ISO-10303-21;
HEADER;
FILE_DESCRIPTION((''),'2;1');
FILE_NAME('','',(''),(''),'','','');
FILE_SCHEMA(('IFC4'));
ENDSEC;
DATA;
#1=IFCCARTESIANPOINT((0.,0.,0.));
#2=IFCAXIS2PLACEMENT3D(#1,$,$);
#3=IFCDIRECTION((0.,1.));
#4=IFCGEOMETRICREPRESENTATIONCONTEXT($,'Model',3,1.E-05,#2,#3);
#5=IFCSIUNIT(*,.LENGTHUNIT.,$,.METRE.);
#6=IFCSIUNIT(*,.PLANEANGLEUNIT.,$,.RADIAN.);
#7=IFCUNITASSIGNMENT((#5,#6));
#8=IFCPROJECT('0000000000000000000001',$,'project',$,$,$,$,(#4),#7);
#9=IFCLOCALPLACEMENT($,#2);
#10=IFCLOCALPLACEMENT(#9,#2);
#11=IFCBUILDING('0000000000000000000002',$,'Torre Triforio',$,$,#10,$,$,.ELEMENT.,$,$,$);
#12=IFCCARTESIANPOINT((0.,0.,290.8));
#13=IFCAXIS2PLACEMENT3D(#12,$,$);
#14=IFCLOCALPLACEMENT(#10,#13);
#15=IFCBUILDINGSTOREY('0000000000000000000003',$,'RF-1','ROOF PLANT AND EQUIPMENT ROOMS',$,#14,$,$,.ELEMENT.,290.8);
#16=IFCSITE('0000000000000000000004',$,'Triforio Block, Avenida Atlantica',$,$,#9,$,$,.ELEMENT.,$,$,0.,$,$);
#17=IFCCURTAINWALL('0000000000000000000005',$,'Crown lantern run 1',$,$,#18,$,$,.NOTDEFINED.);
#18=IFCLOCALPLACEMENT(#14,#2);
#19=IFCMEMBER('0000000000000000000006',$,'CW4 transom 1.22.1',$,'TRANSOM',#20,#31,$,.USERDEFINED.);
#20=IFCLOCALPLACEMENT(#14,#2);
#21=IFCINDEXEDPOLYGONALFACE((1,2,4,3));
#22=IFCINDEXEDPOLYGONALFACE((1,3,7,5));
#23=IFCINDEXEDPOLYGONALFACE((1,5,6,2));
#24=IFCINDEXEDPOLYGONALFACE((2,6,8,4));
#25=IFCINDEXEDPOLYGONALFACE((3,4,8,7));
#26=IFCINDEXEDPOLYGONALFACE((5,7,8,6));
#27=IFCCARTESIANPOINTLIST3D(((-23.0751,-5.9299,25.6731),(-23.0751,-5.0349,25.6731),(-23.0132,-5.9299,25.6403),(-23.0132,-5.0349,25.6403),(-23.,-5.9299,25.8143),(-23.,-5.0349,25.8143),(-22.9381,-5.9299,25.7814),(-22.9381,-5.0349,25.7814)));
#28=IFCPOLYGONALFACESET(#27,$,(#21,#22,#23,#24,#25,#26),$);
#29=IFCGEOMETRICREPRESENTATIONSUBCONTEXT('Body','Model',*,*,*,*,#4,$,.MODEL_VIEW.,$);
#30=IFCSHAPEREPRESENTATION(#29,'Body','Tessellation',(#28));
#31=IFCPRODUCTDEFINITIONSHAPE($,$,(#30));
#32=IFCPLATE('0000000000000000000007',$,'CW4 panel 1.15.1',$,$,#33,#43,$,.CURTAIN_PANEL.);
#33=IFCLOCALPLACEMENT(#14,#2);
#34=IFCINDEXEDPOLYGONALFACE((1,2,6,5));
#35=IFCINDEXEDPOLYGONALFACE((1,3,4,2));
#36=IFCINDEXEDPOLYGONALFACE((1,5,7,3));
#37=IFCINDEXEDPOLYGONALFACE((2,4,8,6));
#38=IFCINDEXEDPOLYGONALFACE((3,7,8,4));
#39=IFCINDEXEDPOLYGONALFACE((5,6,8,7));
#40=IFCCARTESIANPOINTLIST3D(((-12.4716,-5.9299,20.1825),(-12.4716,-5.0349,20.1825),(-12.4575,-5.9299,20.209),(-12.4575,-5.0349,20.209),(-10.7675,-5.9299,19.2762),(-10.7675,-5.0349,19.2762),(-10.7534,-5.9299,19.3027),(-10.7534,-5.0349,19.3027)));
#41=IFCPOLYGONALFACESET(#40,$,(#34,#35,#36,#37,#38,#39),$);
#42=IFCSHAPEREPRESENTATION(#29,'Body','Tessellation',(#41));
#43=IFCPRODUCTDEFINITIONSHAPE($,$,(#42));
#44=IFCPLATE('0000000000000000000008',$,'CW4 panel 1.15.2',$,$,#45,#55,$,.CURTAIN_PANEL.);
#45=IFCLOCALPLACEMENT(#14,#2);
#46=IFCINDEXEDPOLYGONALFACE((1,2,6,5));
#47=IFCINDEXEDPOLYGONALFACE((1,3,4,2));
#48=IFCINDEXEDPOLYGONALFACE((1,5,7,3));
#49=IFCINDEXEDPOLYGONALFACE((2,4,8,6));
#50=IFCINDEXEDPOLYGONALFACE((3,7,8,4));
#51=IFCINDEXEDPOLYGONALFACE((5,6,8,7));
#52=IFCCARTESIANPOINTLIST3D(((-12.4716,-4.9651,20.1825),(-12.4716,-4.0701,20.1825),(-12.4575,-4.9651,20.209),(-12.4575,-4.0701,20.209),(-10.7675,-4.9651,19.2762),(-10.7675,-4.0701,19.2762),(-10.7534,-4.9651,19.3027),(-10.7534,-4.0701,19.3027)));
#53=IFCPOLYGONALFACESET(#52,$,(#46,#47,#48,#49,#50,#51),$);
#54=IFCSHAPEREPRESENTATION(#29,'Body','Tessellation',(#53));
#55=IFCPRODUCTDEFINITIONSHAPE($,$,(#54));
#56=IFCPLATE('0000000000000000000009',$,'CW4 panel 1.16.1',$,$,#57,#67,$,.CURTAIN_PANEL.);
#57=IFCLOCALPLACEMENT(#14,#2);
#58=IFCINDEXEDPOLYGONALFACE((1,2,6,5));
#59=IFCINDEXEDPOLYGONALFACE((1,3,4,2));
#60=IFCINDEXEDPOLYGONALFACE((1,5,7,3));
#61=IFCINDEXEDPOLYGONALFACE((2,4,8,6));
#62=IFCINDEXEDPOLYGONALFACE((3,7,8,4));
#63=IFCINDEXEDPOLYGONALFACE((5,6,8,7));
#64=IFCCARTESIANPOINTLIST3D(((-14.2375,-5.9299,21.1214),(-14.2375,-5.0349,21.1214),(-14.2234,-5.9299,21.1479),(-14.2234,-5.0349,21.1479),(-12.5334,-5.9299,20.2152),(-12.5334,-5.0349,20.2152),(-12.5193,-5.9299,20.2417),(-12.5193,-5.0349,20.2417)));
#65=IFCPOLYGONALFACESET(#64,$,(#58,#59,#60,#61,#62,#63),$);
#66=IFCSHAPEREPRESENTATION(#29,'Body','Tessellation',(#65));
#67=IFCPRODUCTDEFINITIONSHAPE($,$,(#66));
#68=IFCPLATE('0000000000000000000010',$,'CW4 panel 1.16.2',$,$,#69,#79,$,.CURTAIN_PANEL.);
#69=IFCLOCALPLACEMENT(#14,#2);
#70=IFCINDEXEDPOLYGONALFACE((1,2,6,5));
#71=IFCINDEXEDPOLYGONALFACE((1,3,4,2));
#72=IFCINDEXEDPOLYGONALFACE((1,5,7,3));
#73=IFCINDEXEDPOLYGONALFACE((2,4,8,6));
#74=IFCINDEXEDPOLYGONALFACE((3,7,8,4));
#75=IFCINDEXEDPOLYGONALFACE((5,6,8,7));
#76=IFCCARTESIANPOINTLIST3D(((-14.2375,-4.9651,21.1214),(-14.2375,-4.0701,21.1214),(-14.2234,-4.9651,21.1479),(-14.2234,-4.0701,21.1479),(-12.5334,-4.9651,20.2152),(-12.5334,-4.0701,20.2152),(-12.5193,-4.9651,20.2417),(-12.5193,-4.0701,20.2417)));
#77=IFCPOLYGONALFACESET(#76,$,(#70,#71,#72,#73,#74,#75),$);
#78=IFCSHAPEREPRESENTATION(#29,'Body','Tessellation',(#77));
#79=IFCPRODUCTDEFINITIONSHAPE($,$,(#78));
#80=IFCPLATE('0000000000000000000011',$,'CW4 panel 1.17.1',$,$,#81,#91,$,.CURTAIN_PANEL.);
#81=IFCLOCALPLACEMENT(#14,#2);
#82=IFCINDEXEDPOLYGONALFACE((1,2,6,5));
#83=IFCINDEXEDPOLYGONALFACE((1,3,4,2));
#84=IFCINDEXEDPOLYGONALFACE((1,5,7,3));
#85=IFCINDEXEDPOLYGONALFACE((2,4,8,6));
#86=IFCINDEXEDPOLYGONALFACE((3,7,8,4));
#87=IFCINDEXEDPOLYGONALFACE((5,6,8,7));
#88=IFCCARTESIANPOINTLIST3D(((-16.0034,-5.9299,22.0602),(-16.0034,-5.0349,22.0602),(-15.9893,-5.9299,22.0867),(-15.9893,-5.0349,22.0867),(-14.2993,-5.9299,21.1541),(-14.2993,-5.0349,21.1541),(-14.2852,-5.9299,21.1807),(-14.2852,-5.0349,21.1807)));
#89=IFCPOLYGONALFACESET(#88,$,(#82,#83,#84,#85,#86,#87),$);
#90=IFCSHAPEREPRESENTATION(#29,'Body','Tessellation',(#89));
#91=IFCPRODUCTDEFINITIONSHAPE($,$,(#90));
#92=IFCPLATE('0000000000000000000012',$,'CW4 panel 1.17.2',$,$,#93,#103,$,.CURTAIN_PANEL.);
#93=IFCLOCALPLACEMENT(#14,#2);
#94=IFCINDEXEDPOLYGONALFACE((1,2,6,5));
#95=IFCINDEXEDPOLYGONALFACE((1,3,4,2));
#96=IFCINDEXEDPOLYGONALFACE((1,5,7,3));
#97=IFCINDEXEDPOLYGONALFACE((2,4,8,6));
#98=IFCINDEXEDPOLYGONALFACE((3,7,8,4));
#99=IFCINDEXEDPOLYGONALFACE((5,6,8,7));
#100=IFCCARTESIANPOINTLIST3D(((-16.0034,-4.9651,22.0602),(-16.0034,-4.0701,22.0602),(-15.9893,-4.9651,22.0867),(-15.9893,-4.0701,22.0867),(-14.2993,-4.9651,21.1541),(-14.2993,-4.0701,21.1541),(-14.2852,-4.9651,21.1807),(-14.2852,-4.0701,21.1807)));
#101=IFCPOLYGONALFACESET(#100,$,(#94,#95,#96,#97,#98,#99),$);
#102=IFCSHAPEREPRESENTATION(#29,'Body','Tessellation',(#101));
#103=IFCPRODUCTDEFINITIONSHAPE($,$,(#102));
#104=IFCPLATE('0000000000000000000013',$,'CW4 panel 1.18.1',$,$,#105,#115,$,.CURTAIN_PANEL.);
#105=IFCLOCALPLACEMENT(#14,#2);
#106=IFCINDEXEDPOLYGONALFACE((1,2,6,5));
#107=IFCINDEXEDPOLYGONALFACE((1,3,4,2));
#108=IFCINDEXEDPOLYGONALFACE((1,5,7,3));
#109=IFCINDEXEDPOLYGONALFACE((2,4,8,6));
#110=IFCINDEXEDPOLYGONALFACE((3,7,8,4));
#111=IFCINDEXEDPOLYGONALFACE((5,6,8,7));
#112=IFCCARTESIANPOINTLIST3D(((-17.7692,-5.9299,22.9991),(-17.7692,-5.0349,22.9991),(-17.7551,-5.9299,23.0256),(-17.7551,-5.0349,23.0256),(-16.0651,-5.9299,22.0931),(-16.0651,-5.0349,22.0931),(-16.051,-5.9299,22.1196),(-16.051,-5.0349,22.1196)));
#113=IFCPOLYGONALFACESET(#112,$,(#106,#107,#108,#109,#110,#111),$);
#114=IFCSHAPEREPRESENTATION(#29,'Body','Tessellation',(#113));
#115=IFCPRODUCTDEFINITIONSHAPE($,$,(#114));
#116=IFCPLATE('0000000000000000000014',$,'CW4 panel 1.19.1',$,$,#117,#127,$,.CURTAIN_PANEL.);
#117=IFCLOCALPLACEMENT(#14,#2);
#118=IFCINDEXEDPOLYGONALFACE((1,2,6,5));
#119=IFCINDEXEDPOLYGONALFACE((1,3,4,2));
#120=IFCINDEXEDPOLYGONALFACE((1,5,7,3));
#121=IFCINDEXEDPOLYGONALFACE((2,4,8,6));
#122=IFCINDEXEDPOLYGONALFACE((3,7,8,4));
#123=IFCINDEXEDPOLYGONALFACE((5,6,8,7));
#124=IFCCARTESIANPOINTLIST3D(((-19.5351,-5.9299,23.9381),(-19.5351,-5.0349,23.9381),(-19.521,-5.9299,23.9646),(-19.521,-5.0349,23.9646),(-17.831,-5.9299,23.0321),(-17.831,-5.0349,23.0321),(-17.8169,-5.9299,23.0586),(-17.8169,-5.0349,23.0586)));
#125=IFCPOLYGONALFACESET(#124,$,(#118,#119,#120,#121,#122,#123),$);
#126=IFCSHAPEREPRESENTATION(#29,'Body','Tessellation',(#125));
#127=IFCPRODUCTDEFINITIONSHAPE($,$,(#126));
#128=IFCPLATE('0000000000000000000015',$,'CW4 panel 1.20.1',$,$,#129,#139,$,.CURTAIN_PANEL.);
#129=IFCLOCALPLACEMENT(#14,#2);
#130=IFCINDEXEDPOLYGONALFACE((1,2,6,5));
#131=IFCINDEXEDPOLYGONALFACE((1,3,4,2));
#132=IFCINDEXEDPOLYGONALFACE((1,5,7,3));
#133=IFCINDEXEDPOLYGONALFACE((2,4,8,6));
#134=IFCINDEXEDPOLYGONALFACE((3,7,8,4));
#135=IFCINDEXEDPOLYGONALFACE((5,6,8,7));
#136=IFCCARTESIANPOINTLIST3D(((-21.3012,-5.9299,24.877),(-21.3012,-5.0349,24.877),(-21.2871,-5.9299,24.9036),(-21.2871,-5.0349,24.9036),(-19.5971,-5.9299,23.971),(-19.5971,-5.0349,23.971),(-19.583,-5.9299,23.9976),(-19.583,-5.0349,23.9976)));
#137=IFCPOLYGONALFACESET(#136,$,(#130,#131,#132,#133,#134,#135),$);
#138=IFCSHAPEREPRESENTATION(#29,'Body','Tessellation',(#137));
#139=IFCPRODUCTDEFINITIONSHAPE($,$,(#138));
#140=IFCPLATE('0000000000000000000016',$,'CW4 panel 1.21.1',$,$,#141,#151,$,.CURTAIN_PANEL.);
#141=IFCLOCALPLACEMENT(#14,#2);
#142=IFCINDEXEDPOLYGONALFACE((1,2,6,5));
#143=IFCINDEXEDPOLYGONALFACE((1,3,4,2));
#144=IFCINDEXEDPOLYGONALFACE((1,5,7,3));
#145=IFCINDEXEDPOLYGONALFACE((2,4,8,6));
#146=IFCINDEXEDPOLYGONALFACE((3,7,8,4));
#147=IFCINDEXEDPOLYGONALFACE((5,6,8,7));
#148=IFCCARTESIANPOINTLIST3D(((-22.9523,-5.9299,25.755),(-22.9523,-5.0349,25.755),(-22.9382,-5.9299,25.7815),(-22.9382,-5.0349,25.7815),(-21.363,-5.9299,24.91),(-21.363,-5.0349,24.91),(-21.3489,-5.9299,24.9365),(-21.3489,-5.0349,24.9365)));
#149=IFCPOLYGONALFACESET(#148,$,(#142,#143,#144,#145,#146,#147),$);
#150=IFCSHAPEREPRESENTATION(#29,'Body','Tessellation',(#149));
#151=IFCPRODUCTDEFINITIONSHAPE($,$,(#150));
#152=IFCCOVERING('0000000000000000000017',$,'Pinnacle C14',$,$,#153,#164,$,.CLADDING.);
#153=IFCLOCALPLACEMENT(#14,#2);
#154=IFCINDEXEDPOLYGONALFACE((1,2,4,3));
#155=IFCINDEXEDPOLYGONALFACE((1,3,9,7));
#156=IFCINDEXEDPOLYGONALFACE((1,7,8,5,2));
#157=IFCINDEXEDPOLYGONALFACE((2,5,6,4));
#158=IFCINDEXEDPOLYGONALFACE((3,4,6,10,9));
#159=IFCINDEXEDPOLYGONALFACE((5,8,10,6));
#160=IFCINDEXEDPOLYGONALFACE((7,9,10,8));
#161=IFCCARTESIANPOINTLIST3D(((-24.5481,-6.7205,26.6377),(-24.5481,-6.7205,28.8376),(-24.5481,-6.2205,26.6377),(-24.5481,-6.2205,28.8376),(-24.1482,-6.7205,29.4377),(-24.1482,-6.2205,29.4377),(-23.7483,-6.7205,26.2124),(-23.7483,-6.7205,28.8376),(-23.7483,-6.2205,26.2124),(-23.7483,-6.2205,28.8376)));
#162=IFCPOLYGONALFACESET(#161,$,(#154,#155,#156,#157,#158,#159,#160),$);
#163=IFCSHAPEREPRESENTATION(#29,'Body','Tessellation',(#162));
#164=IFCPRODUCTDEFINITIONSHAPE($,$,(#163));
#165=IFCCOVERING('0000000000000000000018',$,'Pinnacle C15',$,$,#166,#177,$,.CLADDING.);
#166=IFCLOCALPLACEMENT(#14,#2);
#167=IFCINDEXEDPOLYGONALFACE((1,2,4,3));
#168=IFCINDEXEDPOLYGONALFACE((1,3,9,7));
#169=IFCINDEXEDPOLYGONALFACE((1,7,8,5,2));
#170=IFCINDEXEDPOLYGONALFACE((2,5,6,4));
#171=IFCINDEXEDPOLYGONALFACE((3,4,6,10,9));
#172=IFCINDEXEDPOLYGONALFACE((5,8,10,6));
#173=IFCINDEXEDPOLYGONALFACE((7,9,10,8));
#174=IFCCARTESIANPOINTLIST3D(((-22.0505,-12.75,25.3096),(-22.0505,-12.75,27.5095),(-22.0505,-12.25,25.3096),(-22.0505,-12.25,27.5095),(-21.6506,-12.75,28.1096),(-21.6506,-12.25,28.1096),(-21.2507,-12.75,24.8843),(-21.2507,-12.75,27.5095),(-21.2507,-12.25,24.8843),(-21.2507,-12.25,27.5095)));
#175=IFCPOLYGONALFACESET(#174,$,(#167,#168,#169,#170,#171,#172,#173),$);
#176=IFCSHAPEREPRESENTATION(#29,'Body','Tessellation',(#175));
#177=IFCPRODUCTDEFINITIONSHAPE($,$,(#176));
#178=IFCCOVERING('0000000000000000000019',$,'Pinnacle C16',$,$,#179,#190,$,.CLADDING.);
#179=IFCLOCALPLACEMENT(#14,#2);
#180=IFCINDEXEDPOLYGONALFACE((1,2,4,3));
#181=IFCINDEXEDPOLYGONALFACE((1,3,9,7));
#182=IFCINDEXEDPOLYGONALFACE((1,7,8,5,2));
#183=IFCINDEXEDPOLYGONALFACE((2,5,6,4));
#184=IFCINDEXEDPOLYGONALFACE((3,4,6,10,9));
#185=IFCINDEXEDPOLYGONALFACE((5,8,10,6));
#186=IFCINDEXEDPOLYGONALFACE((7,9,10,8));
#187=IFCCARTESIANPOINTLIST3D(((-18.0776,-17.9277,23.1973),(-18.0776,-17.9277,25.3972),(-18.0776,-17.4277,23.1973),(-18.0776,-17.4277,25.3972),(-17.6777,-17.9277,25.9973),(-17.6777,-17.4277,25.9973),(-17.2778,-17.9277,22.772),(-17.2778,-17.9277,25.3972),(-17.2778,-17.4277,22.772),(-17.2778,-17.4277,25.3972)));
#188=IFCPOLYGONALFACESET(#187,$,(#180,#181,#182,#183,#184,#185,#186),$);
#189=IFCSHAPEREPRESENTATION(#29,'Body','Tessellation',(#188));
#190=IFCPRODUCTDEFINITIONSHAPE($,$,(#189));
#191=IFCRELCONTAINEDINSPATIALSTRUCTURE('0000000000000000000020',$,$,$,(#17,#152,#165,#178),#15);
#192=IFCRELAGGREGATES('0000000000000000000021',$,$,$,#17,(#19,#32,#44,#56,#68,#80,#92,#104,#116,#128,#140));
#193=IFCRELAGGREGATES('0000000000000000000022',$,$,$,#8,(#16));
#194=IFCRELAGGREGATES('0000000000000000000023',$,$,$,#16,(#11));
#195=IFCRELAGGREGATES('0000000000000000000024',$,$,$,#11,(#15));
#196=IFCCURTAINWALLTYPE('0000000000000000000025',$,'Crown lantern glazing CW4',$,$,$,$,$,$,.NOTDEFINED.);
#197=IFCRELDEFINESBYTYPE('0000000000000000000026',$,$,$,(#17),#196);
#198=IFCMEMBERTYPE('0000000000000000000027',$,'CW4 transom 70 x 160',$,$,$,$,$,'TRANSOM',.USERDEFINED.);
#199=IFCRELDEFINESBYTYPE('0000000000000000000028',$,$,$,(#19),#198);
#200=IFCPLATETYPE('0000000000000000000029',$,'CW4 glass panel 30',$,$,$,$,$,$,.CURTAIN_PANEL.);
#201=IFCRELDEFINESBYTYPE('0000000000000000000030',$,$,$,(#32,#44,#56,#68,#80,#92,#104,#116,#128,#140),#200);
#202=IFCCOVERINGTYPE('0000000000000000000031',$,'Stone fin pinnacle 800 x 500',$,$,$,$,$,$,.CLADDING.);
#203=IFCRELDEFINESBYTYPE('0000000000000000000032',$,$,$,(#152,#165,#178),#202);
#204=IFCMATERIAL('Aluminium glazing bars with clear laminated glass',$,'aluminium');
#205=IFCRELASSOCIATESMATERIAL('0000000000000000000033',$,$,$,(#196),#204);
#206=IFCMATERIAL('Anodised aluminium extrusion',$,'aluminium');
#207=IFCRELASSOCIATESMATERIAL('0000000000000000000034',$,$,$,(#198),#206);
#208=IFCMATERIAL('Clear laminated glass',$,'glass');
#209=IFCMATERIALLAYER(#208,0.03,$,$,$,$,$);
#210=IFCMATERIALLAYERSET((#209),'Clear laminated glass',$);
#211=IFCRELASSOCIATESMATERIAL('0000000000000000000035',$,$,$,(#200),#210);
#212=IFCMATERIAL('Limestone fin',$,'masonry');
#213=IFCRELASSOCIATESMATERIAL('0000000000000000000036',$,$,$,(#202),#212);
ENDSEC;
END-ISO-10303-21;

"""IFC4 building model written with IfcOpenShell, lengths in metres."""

from ifc_helpers import new_model, si_unit, direction, frame, origin, origin_2d, place, context, subcontext, project, spatial, polyline, rectangle, outline, extrude, material, layer, layer_set, material_profile, profile_set, type_object, element, aggregate, save


model = new_model("IFC4")

# Units and contexts
model_context = context("Model", 3, precision=1e-05, world=origin(), true_north=direction((0.0, 1.0)))
body_context = subcontext(model_context, "Body", "Model", "MODEL_VIEW")
ifc_project = project(units=[si_unit("LENGTHUNIT", "METRE"), si_unit("PLANEANGLEUNIT", "RADIAN")], contexts=[model_context])

# Site, building, storey
site_placement = place(None, origin())
site = spatial("IfcSite", under=ifc_project, at=site_placement, Name="Triforio Block, Avenida Atlantica", CompositionType="ELEMENT", RefElevation=0.0)
building_placement = place(site_placement, origin())
building = spatial("IfcBuilding", under=site, at=building_placement, Name="Torre Triforio", CompositionType="ELEMENT")
storey_placement = place(building_placement, frame((0.0, 0.0, 290.8)))
storey = spatial("IfcBuildingStorey", under=building, at=storey_placement, Name="RF-1", Description="ROOF PLANT AND EQUIPMENT ROOMS", CompositionType="ELEMENT", Elevation=290.8)

# Curtain wall, member, plates
ifc_material_1 = material(Name="Aluminium glazing bars with clear laminated glass", Category="aluminium")
curtain_wall_type = type_object("IfcCurtainWallType", Name="Crown lantern glazing CW4", PredefinedType="NOTDEFINED", material=ifc_material_1)
curtain_wall_placement = place(storey_placement, origin())
curtain_wall = element("IfcCurtainWall", 1, at=curtain_wall_placement, inside=storey, type_object=curtain_wall_type, Name="Crown lantern run 1", PredefinedType="NOTDEFINED")
ifc_material_2 = material(Name="Anodised aluminium extrusion", Category="aluminium")
ifc_material_profile_1 = material_profile(ifc_material_2, rectangle(XDim=0.0701, YDim=0.1599, at=origin_2d()), Name="CW4 TRANSOM 70x160")
ifc_profile_set_1 = profile_set([ifc_material_profile_1], Name="Anodised aluminium extrusion")
member_type_1 = type_object("IfcMemberType", Name="CW4 transom 70 x 160", ElementType="TRANSOM", PredefinedType="USERDEFINED", material=ifc_profile_set_1)
member_1_placement = place(storey_placement, frame((-23.0066, -5.9299, 25.7273), z_axis=(0.0, 1.0, 0.0), x_axis=(-0.882948, 0.0, 0.469472)))
member_1 = element("IfcMember", 2, at=member_1_placement, type_object=member_type_1, Name="CW4 transom 1.22.1", ObjectType="TRANSOM", PredefinedType="USERDEFINED", context=body_context, shape_type="SweptSolid", body=[
    extrude(rectangle(XDim=0.0701, YDim=0.1599, at=origin_2d()), origin(), (0.0, 0.0, 1.0), 0.895),
])
ifc_material_3 = material(Name="Clear laminated glass", Category="glass")
ifc_layer = layer(ifc_material_3, 0.03)
ifc_layer_set = layer_set([ifc_layer], Name="Clear laminated glass")
plate_type = type_object("IfcPlateType", Name="CW4 glass panel 30", PredefinedType="CURTAIN_PANEL", material=ifc_layer_set)
plate_1_placement = place(storey_placement, frame((-10.7534, -5.9299, 19.3027), z_axis=(0.469537, 0.0, 0.882913), x_axis=(0.0, 1.0, 0.0)))
plate_1 = element("IfcPlate", 3, at=plate_1_placement, type_object=plate_type, Name="CW4 panel 1.15.1", PredefinedType="CURTAIN_PANEL", context=body_context, shape_type="SweptSolid", body=[
    extrude(outline(polyline([(0.0, 0.0), (0.895, 0.0), (0.895, 1.9301), (0.0, 1.9301), (0.0, 0.0)])), origin(), (0.0, 0.0, -1.0), 0.03),
])
plate_2_placement = place(storey_placement, frame((-10.7534, -4.9651, 19.3027), z_axis=(0.469537, 0.0, 0.882913), x_axis=(0.0, 1.0, 0.0)))
plate_2 = element("IfcPlate", 4, at=plate_2_placement, type_object=plate_type, Name="CW4 panel 1.15.2", PredefinedType="CURTAIN_PANEL", context=body_context, shape_type="SweptSolid", body=[
    extrude(outline(polyline([(0.0, 0.0), (0.895, 0.0), (0.895, 1.9301), (0.0, 1.9301), (0.0, 0.0)])), origin(), (0.0, 0.0, -1.0), 0.03),
])
plate_3_placement = place(storey_placement, frame((-12.5193, -5.9299, 20.2417), z_axis=(0.469537, 0.0, 0.882913), x_axis=(0.0, 1.0, 0.0)))
plate_3 = element("IfcPlate", 5, at=plate_3_placement, type_object=plate_type, Name="CW4 panel 1.16.1", PredefinedType="CURTAIN_PANEL", context=body_context, shape_type="SweptSolid", body=[
    extrude(outline(polyline([(0.0, 0.0), (0.895, 0.0), (0.895, 1.9301), (0.0, 1.9301), (0.0, 0.0)])), origin(), (0.0, 0.0, -1.0), 0.03),
])
plate_4_placement = place(storey_placement, frame((-12.5193, -4.9651, 20.2417), z_axis=(0.469537, 0.0, 0.882913), x_axis=(0.0, 1.0, 0.0)))
plate_4 = element("IfcPlate", 6, at=plate_4_placement, type_object=plate_type, Name="CW4 panel 1.16.2", PredefinedType="CURTAIN_PANEL", context=body_context, shape_type="SweptSolid", body=[
    extrude(outline(polyline([(0.0, 0.0), (0.895, 0.0), (0.895, 1.9301), (0.0, 1.9301), (0.0, 0.0)])), origin(), (0.0, 0.0, -1.0), 0.03),
])
plate_5_placement = place(storey_placement, frame((-14.2852, -5.9299, 21.1807), z_axis=(0.469439, 0.0, 0.882965), x_axis=(0.0, 1.0, 0.0)))
plate_5 = element("IfcPlate", 7, at=plate_5_placement, type_object=plate_type, Name="CW4 panel 1.17.1", PredefinedType="CURTAIN_PANEL", context=body_context, shape_type="SweptSolid", body=[
    extrude(outline(polyline([(0.0, 0.0), (0.895, 0.0), (0.895, 1.93), (0.0, 1.93), (0.0, 0.0)])), origin(), (0.0, 0.0, -1.0), 0.03),
])
plate_6_placement = place(storey_placement, frame((-14.2852, -4.9651, 21.1807), z_axis=(0.469439, 0.0, 0.882965), x_axis=(0.0, 1.0, 0.0)))
plate_6 = element("IfcPlate", 8, at=plate_6_placement, type_object=plate_type, Name="CW4 panel 1.17.2", PredefinedType="CURTAIN_PANEL", context=body_context, shape_type="SweptSolid", body=[
    extrude(outline(polyline([(0.0, 0.0), (0.895, 0.0), (0.895, 1.93), (0.0, 1.93), (0.0, 0.0)])), origin(), (0.0, 0.0, -1.0), 0.03),
])
plate_7_placement = place(storey_placement, frame((-16.051, -5.9299, 22.1196), z_axis=(0.469439, 0.0, 0.882965), x_axis=(0.0, 1.0, 0.0)))
plate_7 = element("IfcPlate", 9, at=plate_7_placement, type_object=plate_type, Name="CW4 panel 1.18.1", PredefinedType="CURTAIN_PANEL", context=body_context, shape_type="SweptSolid", body=[
    extrude(outline(polyline([(0.0, 0.0), (0.895, 0.0), (0.895, 1.93), (0.0, 1.93), (0.0, 0.0)])), origin(), (0.0, 0.0, -1.0), 0.03),
])
plate_8_placement = place(storey_placement, frame((-17.8169, -5.9299, 23.0586), z_axis=(0.469439, 0.0, 0.882965), x_axis=(0.0, 1.0, 0.0)))
plate_8 = element("IfcPlate", 10, at=plate_8_placement, type_object=plate_type, Name="CW4 panel 1.19.1", PredefinedType="CURTAIN_PANEL", context=body_context, shape_type="SweptSolid", body=[
    extrude(outline(polyline([(0.0, 0.0), (0.895, 0.0), (0.895, 1.93), (0.0, 1.93), (0.0, 0.0)])), origin(), (0.0, 0.0, -1.0), 0.03),
])
plate_9_placement = place(storey_placement, frame((-19.583, -5.9299, 23.9976), z_axis=(0.469439, 0.0, 0.882965), x_axis=(0.0, 1.0, 0.0)))
plate_9 = element("IfcPlate", 11, at=plate_9_placement, type_object=plate_type, Name="CW4 panel 1.20.1", PredefinedType="CURTAIN_PANEL", context=body_context, shape_type="SweptSolid", body=[
    extrude(outline(polyline([(0.0, 0.0), (0.895, 0.0), (0.895, 1.93), (0.0, 1.93), (0.0, 0.0)])), origin(), (0.0, 0.0, -1.0), 0.03),
])
plate_10_placement = place(storey_placement, frame((-21.3489, -5.9299, 24.9365), z_axis=(0.469426, 0.0, 0.882972), x_axis=(0.0, 1.0, 0.0)))
plate_10 = element("IfcPlate", 12, at=plate_10_placement, type_object=plate_type, Name="CW4 panel 1.21.1", PredefinedType="CURTAIN_PANEL", context=body_context, shape_type="SweptSolid", body=[
    extrude(outline(polyline([(0.0, 0.0), (0.895, 0.0), (0.895, 1.8), (0.0, 1.8), (0.0, 0.0)])), origin(), (0.0, 0.0, -1.0), 0.03),
])
aggregate(curtain_wall, [member_1, plate_1, plate_2, plate_3, plate_4, plate_5, plate_6, plate_7, plate_8, plate_9, plate_10])

# Coverings
ifc_material_4 = material(Name="Limestone fin", Category="masonry")
ifc_material_profile_2 = material_profile(ifc_material_4, outline(polyline([(-0.3999, -0.2126), (0.3999, 0.2126), (0.3999, 2.4126), (0.0, 3.0127), (-0.3999, 2.4126), (-0.3999, -0.2126)])), Name="FIN PINNACLE 800x500")
ifc_profile_set_2 = profile_set([ifc_material_profile_2], Name="Limestone fin")
covering_type = type_object("IfcCoveringType", Name="Stone fin pinnacle 800 x 500", PredefinedType="CLADDING", material=ifc_profile_set_2)
for number, where, z_axis, x_axis, name in (
    (13, (-24.1482, -6.7205, 26.425), (0.0, 1.0, 0.0), (-1.0, 0.0, 0.0), "Pinnacle C14"),
    (14, (-21.6506, -12.75, 25.0969), (0.0, 1.0, 0.0), (-1.0, 0.0, 0.0), "Pinnacle C15"),
    (15, (-17.6777, -17.9277, 22.9846), (0.0, 1.0, 0.0), (-1.0, 0.0, 0.0), "Pinnacle C16"),
):
    element("IfcCovering", number, at=place(storey_placement, frame(where, z_axis=z_axis, x_axis=x_axis)), inside=storey, type_object=covering_type, Name=name, PredefinedType="CLADDING", context=body_context, shape_type="SweptSolid", body=[
        extrude(outline(polyline([(-0.3999, -0.2126), (0.3999, 0.2126), (0.3999, 2.4126), (0.0, 3.0127), (-0.3999, 2.4126), (-0.3999, -0.2126)])), origin(), (0.0, 0.0, 1.0), 0.5),
    ])

save(model, "model.ifc")
